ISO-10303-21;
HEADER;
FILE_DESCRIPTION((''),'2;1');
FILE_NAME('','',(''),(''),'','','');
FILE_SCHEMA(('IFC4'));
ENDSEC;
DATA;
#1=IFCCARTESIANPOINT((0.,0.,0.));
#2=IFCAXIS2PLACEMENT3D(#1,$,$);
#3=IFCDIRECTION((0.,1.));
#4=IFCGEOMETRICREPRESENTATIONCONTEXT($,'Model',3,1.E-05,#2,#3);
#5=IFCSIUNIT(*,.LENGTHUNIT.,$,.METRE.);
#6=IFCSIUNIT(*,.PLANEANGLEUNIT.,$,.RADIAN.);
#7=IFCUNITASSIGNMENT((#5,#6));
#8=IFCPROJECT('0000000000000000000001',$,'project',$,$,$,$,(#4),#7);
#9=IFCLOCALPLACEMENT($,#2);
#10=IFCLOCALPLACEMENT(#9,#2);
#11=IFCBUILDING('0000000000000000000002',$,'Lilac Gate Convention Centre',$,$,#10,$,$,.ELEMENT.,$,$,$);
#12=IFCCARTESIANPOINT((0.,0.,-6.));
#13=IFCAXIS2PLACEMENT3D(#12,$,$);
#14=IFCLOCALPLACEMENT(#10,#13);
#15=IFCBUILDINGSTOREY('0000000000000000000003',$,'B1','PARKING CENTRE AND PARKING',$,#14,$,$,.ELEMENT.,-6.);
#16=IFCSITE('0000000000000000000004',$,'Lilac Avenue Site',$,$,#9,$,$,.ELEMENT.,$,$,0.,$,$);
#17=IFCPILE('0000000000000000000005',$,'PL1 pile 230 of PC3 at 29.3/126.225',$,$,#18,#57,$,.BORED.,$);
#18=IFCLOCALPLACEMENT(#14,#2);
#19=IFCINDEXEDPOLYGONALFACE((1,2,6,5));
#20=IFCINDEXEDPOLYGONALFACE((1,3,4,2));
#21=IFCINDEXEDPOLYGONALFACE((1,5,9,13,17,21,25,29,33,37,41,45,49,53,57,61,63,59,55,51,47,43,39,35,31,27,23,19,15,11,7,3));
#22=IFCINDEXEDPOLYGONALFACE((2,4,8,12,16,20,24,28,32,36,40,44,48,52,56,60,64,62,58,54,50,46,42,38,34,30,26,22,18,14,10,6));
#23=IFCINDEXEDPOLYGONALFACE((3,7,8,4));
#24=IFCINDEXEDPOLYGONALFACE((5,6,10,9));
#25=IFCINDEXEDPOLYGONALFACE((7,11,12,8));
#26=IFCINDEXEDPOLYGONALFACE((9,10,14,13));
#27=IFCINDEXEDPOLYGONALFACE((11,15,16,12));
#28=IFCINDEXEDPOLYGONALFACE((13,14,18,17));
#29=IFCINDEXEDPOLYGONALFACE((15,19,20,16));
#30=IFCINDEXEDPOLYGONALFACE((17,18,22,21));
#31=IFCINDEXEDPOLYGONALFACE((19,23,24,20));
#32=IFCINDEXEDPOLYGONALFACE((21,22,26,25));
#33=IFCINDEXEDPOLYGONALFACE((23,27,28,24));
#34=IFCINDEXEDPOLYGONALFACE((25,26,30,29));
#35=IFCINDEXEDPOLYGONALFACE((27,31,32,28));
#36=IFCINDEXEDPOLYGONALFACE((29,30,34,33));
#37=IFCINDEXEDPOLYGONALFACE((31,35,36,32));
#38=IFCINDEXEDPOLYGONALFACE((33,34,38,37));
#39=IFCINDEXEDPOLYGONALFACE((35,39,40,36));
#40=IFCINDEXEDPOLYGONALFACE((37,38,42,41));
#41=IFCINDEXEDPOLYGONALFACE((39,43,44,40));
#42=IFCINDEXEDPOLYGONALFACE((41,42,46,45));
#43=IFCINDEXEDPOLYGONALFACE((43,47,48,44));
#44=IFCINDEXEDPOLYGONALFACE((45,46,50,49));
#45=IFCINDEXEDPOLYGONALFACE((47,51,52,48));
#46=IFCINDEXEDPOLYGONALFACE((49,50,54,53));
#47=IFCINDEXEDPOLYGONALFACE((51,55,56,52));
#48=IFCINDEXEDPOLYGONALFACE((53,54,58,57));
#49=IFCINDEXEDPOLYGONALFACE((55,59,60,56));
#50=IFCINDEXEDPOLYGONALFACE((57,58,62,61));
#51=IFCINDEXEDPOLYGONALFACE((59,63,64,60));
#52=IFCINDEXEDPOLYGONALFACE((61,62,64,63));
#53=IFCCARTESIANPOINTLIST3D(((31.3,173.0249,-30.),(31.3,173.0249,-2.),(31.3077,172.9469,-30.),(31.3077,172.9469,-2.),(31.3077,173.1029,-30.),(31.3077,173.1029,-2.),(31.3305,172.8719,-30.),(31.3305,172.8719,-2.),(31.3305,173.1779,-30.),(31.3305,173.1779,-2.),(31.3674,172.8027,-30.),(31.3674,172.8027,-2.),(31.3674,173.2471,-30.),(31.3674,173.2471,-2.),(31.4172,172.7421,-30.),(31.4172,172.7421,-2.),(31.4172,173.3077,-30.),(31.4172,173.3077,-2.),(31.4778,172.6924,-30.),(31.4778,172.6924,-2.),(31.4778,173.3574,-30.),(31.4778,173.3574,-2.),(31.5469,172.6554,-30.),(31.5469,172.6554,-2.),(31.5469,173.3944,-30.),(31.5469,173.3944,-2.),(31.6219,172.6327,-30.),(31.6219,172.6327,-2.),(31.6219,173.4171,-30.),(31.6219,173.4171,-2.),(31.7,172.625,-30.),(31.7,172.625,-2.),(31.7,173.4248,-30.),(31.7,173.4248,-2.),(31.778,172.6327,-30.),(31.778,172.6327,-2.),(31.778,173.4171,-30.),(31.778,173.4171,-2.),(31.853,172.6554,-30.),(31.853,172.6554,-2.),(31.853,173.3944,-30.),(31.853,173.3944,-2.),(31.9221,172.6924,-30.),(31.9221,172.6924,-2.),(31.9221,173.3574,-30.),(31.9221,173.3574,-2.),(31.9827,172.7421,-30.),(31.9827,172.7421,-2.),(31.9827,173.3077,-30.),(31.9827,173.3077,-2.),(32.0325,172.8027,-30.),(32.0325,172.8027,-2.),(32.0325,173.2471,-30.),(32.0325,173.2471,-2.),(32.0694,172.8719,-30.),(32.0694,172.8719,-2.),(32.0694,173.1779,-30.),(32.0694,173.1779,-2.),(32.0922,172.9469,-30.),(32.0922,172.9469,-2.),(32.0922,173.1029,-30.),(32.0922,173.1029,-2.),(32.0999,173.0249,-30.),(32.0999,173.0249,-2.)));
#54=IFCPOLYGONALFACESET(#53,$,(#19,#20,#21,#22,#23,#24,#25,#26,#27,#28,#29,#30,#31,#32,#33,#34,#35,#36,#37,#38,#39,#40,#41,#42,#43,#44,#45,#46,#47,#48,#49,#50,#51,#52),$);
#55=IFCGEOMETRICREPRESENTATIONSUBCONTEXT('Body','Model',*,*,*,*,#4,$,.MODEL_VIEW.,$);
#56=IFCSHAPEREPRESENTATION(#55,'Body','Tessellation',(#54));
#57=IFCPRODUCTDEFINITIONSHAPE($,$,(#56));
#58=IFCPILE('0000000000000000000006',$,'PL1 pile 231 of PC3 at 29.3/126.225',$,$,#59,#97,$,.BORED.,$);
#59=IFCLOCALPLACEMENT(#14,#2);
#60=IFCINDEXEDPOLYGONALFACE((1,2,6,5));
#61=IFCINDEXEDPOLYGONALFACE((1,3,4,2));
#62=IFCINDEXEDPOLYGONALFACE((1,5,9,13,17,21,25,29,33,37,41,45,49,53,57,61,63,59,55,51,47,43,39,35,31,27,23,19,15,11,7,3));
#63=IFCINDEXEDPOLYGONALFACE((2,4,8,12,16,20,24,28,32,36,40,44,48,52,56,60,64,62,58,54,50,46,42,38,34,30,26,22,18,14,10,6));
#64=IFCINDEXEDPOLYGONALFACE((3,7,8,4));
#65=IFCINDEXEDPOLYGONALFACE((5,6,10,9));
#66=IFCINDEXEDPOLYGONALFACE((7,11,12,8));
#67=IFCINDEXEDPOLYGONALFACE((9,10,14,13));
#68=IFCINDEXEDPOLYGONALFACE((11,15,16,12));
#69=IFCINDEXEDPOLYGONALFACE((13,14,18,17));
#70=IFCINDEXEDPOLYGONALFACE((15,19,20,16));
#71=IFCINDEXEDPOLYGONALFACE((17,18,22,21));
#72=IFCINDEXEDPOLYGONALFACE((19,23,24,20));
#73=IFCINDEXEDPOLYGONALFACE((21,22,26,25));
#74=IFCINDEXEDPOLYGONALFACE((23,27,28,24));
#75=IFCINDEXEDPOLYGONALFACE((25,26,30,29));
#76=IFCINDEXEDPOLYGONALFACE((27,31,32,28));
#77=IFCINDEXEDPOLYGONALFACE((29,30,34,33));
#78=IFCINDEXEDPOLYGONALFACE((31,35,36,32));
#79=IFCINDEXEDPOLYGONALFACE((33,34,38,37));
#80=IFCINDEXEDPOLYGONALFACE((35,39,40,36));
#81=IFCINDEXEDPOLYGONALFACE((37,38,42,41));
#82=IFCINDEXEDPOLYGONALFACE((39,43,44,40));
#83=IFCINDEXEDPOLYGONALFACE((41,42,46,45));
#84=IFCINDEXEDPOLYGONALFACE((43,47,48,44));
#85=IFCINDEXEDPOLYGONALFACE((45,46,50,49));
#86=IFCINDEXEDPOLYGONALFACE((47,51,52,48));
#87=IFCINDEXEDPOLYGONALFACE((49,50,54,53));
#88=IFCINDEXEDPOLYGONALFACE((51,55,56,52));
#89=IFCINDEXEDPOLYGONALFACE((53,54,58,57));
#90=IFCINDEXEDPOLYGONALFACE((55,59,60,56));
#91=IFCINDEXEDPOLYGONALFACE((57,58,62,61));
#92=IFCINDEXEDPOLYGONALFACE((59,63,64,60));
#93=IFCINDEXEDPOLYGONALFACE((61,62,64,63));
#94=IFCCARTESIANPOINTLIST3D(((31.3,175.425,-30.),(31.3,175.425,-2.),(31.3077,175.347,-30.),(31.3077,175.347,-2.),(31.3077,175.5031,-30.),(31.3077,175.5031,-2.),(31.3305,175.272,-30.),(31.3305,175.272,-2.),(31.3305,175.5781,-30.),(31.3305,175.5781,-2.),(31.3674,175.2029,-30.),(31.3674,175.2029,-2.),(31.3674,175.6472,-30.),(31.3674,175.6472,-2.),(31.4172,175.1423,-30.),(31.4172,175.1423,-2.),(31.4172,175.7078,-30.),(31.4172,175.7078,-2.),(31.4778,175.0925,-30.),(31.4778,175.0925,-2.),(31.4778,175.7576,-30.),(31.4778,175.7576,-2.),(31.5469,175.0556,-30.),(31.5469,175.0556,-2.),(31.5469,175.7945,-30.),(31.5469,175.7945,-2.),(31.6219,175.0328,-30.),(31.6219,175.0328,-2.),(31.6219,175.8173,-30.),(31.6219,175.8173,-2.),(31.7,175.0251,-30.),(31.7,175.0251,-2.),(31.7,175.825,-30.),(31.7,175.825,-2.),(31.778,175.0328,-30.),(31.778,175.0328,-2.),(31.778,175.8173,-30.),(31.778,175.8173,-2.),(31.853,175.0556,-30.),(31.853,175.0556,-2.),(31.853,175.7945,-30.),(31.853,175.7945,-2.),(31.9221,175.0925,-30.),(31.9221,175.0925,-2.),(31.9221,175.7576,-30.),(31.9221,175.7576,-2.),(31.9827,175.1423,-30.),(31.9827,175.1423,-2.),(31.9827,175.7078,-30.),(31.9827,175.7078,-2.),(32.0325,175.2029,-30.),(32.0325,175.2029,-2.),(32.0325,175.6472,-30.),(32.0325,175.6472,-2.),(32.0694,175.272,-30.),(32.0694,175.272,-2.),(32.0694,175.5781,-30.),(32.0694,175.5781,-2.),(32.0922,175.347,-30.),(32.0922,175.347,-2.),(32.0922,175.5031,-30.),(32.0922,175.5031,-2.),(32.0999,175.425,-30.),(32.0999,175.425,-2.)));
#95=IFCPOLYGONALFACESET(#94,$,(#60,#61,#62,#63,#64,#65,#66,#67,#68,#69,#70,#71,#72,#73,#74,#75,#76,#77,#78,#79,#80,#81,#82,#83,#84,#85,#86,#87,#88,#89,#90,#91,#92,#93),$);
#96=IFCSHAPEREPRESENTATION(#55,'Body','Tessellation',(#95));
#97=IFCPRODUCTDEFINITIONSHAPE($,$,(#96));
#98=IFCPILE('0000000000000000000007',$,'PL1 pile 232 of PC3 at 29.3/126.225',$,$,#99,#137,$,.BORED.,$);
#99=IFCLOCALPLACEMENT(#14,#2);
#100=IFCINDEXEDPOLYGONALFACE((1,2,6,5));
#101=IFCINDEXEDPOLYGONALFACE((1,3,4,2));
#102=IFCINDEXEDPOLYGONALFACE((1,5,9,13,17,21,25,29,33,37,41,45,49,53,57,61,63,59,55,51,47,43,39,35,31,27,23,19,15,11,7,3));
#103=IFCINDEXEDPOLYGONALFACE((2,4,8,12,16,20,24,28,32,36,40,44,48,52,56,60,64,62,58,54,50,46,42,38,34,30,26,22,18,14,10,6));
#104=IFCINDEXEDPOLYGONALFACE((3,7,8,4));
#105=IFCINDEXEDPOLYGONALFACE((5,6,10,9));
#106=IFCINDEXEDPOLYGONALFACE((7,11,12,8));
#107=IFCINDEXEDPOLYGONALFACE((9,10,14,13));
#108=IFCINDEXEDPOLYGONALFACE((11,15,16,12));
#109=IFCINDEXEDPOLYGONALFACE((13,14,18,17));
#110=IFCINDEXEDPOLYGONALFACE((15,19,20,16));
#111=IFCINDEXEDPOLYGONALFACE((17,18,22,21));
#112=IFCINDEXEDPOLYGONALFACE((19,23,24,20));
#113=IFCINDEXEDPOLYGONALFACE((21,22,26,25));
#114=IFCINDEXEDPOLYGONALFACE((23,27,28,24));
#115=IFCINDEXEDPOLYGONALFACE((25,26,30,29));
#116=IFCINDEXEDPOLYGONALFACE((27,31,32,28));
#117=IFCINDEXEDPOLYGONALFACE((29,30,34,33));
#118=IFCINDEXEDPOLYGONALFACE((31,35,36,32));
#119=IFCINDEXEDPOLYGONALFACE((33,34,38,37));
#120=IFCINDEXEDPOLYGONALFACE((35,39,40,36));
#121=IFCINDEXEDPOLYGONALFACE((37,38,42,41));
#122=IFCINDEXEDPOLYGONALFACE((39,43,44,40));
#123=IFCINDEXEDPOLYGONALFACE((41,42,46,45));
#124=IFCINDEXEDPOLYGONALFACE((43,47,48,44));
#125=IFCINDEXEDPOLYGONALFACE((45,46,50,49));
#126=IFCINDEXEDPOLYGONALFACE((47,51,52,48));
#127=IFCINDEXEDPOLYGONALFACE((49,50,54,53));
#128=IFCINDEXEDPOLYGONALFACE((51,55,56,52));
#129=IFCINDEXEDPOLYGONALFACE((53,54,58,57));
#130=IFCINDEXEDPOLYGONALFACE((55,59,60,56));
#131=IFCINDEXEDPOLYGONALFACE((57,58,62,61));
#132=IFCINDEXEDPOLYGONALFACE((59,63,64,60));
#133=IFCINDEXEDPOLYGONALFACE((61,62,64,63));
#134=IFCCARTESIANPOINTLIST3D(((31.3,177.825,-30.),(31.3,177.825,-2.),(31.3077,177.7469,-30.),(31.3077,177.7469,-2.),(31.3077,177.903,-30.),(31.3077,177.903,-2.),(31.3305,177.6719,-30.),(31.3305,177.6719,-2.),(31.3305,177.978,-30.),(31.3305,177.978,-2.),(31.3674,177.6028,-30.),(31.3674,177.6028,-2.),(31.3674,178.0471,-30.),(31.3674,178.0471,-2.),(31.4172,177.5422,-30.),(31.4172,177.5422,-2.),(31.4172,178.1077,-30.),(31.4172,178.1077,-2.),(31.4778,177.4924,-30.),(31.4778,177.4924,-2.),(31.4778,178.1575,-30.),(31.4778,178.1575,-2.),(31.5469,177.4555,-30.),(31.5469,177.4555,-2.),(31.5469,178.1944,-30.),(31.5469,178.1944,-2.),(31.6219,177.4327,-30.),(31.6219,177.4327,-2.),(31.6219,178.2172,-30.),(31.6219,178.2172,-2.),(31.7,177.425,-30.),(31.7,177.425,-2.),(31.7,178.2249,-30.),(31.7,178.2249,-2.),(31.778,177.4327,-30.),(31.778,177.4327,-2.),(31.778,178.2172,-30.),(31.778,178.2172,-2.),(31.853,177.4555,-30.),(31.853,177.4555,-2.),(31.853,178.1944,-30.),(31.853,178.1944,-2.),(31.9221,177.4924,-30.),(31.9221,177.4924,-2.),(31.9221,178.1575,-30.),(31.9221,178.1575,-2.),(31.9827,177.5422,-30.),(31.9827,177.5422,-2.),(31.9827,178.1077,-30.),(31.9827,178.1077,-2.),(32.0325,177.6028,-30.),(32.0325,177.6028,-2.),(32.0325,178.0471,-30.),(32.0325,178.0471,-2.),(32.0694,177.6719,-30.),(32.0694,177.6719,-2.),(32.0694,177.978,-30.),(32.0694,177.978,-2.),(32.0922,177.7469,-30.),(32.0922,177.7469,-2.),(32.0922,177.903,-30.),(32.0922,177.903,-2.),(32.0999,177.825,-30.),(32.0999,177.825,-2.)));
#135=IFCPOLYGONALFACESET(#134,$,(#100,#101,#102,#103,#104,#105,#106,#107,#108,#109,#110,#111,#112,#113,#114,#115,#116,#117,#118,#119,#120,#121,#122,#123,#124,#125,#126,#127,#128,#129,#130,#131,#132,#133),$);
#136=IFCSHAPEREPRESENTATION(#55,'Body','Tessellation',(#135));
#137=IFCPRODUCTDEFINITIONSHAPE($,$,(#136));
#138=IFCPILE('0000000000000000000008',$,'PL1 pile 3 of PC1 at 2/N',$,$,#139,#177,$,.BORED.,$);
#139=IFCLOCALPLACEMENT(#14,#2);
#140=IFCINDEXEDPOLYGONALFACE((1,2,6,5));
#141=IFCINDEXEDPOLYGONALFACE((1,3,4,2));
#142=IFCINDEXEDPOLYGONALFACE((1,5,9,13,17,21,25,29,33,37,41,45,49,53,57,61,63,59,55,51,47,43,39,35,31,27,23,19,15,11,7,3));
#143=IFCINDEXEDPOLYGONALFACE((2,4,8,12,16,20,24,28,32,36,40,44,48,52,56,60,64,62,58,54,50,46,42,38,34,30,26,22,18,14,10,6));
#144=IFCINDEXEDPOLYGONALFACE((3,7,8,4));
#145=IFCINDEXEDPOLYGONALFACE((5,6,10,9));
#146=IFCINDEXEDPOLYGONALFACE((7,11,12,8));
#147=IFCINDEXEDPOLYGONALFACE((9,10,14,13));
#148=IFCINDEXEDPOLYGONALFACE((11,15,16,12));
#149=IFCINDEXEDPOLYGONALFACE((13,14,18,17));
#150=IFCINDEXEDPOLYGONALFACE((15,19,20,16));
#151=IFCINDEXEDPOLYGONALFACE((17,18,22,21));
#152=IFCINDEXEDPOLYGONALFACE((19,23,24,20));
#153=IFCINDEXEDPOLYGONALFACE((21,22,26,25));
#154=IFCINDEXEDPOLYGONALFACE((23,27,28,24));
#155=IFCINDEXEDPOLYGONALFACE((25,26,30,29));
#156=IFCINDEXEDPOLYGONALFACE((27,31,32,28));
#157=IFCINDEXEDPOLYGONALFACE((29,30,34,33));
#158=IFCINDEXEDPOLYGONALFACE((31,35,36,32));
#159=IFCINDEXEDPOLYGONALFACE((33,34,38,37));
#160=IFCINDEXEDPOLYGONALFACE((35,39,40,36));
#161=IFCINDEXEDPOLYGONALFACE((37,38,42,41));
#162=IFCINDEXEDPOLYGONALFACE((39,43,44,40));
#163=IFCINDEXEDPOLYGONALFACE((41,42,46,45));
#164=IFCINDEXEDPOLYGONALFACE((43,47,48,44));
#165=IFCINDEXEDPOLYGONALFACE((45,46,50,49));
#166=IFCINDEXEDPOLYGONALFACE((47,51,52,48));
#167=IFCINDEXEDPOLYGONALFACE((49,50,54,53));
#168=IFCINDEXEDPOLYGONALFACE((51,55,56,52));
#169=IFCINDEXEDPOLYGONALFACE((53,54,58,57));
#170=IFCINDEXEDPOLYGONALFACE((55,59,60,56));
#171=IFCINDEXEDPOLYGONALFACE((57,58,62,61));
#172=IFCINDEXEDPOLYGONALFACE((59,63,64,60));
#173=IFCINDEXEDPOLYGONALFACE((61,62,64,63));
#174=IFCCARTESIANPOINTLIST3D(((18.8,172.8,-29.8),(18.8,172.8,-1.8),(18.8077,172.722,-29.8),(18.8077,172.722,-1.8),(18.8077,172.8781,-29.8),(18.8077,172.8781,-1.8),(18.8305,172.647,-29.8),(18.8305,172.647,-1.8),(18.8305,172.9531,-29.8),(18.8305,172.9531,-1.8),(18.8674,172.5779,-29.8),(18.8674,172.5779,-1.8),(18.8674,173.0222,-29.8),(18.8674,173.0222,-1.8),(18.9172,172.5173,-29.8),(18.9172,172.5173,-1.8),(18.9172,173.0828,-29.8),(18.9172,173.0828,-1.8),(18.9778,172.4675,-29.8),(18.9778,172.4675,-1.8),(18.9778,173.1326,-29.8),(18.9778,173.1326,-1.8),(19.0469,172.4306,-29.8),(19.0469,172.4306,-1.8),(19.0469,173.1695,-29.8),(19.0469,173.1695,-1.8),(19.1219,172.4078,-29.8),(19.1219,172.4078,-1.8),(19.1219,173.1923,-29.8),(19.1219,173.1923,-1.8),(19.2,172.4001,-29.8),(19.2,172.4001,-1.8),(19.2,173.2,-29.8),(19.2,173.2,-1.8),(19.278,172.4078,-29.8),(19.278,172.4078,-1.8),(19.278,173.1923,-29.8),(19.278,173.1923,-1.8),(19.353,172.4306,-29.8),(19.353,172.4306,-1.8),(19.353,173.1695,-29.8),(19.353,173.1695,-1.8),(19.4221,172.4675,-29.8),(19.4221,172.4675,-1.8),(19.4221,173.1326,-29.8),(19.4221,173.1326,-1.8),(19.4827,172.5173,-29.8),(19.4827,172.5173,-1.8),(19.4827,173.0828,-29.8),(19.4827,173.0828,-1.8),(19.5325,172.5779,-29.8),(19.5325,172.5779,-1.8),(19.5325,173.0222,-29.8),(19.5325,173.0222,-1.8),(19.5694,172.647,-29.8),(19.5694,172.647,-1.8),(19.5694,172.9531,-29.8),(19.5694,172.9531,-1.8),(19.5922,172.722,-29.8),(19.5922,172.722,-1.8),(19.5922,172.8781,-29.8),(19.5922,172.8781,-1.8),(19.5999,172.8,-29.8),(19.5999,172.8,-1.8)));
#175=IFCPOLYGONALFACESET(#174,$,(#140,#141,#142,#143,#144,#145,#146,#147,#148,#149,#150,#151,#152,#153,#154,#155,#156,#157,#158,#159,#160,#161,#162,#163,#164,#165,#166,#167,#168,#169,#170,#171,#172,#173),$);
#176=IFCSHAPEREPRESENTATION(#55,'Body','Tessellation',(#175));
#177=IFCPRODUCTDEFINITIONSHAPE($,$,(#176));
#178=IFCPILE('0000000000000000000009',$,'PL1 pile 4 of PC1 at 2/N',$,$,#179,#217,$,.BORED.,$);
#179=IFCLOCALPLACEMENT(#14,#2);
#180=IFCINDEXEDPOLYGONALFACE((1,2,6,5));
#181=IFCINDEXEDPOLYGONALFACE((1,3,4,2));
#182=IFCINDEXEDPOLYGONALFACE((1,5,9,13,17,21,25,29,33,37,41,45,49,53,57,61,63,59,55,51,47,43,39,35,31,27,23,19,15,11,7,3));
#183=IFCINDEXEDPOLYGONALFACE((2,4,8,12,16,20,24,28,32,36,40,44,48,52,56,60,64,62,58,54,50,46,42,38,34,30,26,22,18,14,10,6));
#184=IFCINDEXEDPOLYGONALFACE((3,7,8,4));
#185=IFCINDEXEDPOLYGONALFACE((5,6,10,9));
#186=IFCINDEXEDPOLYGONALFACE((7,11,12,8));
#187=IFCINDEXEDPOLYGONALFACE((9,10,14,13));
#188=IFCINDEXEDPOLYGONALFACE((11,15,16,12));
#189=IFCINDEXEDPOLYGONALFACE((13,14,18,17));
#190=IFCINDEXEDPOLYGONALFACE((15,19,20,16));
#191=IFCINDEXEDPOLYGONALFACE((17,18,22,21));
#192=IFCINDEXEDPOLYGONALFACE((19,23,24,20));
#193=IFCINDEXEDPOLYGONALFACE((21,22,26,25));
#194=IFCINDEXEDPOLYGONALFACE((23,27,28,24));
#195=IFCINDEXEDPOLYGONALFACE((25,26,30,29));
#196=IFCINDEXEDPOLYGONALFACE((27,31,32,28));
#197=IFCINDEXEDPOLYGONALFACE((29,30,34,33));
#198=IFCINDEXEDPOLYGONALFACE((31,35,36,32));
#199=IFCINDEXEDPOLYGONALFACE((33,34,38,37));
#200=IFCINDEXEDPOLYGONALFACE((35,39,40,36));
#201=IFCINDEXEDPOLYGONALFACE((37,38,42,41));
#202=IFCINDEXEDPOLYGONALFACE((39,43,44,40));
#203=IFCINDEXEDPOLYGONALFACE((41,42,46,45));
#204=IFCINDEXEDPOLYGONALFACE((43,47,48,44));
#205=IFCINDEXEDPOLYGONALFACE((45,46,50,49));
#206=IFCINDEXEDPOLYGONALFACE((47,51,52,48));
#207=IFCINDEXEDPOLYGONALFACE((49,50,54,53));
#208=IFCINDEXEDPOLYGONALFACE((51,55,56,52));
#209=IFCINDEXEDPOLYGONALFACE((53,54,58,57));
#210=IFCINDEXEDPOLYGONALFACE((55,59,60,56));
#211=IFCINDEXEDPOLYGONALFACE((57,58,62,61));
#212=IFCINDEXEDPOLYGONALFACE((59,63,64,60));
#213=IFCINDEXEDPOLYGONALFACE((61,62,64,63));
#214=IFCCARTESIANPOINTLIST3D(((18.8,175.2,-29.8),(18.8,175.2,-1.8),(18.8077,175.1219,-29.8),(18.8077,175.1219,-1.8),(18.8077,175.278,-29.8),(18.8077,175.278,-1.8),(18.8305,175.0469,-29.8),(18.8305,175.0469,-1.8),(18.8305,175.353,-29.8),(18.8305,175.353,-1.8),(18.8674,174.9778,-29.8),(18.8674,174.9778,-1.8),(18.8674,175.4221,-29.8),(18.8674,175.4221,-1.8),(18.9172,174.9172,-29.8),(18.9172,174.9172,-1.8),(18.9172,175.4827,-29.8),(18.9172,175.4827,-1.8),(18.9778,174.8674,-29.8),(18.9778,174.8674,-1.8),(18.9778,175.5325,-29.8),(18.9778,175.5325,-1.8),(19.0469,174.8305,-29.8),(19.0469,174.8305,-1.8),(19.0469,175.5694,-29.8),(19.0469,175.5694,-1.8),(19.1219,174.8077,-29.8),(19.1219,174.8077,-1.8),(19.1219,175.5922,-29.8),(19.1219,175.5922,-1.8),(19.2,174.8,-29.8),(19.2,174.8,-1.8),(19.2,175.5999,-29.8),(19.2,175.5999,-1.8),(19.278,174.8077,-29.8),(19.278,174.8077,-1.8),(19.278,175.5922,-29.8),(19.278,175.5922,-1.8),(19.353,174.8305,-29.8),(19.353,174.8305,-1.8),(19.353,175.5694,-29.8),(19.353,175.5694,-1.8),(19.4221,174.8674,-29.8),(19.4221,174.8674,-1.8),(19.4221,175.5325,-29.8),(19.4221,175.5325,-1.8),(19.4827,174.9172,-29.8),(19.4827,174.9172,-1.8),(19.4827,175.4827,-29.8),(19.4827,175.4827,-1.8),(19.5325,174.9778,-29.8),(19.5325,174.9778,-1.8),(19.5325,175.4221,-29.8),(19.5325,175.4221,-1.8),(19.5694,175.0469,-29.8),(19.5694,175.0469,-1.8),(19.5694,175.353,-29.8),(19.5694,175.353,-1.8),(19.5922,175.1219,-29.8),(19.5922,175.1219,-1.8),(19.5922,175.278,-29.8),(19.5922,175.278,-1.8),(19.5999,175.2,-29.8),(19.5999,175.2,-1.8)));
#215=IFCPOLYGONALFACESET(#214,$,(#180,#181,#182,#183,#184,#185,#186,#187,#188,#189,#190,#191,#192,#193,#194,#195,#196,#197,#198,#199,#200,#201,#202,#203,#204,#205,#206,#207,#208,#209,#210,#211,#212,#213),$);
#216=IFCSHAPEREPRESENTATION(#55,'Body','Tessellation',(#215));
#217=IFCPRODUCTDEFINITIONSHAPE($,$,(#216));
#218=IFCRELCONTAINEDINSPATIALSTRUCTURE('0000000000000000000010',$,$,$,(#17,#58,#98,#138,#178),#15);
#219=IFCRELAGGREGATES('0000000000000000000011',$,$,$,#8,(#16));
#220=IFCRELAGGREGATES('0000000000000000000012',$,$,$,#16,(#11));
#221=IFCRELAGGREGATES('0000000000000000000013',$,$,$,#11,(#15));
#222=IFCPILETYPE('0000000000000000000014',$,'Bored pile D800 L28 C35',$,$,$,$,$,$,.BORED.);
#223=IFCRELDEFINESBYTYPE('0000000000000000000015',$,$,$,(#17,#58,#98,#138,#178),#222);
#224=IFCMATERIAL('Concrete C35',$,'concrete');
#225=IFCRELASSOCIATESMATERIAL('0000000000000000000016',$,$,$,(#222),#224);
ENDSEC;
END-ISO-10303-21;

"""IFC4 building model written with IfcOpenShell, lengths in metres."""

from ifc_helpers import new_model, si_unit, direction, frame, origin, origin_2d, place, context, subcontext, project, spatial, circle, extrude, material, material_profile, profile_set, type_object, element, save


model = new_model("IFC4")

# Units and contexts
model_context = context("Model", 3, precision=1e-05, world=origin(), true_north=direction((0.0, 1.0)))
body_context = subcontext(model_context, "Body", "Model", "MODEL_VIEW")
ifc_project = project(units=[si_unit("LENGTHUNIT", "METRE"), si_unit("PLANEANGLEUNIT", "RADIAN")], contexts=[model_context])

# Site, building, storey
site_placement = place(None, origin())
site = spatial("IfcSite", under=ifc_project, at=site_placement, Name="Lilac Avenue Site", CompositionType="ELEMENT", RefElevation=0.0)
building_placement = place(site_placement, origin())
building = spatial("IfcBuilding", under=site, at=building_placement, Name="Lilac Gate Convention Centre", CompositionType="ELEMENT")
storey_placement = place(building_placement, frame((0.0, 0.0, -6.0)))
storey = spatial("IfcBuildingStorey", under=building, at=storey_placement, Name="B1", Description="PARKING CENTRE AND PARKING", CompositionType="ELEMENT", Elevation=-6.0)

# Piles
ifc_material_1 = material(Name="Concrete C35", Category="concrete")
ifc_material_profile_1 = material_profile(ifc_material_1, circle(Radius=0.3999, at=origin_2d()), Name="D800")
ifc_profile_set_1 = profile_set([ifc_material_profile_1], Name="Concrete C35")
pile_type = type_object("IfcPileType", Name="Bored pile D800 L28 C35", PredefinedType="BORED", material=ifc_profile_set_1)
for number, where, z_axis, x_axis, name in (
    (1, (31.7, 173.0249, -2.0), (0.0, 0.0, -1.0), (1.0, 0.0, 0.0), "PL1 pile 230 of PC3 at 29.3/126.225"),
    (2, (31.7, 175.425, -2.0), (0.0, 0.0, -1.0), (1.0, 0.0, 0.0), "PL1 pile 231 of PC3 at 29.3/126.225"),
    (3, (31.7, 177.825, -2.0), (0.0, 0.0, -1.0), (1.0, 0.0, 0.0), "PL1 pile 232 of PC3 at 29.3/126.225"),
    (4, (19.2, 172.8, -1.8), (0.0, 0.0, -1.0), (1.0, 0.0, 0.0), "PL1 pile 3 of PC1 at 2/N"),
    (5, (19.2, 175.2, -1.8), (0.0, 0.0, -1.0), (1.0, 0.0, 0.0), "PL1 pile 4 of PC1 at 2/N"),
):
    element("IfcPile", number, at=place(storey_placement, frame(where, z_axis=z_axis, x_axis=x_axis)), inside=storey, type_object=pile_type, Name=name, PredefinedType="BORED", context=body_context, shape_type="SweptSolid", body=[
        extrude(circle(Radius=0.3999, at=origin_2d()), origin(), (0.0, 0.0, 1.0), 28.0),
    ])

save(model, "model.ifc")
